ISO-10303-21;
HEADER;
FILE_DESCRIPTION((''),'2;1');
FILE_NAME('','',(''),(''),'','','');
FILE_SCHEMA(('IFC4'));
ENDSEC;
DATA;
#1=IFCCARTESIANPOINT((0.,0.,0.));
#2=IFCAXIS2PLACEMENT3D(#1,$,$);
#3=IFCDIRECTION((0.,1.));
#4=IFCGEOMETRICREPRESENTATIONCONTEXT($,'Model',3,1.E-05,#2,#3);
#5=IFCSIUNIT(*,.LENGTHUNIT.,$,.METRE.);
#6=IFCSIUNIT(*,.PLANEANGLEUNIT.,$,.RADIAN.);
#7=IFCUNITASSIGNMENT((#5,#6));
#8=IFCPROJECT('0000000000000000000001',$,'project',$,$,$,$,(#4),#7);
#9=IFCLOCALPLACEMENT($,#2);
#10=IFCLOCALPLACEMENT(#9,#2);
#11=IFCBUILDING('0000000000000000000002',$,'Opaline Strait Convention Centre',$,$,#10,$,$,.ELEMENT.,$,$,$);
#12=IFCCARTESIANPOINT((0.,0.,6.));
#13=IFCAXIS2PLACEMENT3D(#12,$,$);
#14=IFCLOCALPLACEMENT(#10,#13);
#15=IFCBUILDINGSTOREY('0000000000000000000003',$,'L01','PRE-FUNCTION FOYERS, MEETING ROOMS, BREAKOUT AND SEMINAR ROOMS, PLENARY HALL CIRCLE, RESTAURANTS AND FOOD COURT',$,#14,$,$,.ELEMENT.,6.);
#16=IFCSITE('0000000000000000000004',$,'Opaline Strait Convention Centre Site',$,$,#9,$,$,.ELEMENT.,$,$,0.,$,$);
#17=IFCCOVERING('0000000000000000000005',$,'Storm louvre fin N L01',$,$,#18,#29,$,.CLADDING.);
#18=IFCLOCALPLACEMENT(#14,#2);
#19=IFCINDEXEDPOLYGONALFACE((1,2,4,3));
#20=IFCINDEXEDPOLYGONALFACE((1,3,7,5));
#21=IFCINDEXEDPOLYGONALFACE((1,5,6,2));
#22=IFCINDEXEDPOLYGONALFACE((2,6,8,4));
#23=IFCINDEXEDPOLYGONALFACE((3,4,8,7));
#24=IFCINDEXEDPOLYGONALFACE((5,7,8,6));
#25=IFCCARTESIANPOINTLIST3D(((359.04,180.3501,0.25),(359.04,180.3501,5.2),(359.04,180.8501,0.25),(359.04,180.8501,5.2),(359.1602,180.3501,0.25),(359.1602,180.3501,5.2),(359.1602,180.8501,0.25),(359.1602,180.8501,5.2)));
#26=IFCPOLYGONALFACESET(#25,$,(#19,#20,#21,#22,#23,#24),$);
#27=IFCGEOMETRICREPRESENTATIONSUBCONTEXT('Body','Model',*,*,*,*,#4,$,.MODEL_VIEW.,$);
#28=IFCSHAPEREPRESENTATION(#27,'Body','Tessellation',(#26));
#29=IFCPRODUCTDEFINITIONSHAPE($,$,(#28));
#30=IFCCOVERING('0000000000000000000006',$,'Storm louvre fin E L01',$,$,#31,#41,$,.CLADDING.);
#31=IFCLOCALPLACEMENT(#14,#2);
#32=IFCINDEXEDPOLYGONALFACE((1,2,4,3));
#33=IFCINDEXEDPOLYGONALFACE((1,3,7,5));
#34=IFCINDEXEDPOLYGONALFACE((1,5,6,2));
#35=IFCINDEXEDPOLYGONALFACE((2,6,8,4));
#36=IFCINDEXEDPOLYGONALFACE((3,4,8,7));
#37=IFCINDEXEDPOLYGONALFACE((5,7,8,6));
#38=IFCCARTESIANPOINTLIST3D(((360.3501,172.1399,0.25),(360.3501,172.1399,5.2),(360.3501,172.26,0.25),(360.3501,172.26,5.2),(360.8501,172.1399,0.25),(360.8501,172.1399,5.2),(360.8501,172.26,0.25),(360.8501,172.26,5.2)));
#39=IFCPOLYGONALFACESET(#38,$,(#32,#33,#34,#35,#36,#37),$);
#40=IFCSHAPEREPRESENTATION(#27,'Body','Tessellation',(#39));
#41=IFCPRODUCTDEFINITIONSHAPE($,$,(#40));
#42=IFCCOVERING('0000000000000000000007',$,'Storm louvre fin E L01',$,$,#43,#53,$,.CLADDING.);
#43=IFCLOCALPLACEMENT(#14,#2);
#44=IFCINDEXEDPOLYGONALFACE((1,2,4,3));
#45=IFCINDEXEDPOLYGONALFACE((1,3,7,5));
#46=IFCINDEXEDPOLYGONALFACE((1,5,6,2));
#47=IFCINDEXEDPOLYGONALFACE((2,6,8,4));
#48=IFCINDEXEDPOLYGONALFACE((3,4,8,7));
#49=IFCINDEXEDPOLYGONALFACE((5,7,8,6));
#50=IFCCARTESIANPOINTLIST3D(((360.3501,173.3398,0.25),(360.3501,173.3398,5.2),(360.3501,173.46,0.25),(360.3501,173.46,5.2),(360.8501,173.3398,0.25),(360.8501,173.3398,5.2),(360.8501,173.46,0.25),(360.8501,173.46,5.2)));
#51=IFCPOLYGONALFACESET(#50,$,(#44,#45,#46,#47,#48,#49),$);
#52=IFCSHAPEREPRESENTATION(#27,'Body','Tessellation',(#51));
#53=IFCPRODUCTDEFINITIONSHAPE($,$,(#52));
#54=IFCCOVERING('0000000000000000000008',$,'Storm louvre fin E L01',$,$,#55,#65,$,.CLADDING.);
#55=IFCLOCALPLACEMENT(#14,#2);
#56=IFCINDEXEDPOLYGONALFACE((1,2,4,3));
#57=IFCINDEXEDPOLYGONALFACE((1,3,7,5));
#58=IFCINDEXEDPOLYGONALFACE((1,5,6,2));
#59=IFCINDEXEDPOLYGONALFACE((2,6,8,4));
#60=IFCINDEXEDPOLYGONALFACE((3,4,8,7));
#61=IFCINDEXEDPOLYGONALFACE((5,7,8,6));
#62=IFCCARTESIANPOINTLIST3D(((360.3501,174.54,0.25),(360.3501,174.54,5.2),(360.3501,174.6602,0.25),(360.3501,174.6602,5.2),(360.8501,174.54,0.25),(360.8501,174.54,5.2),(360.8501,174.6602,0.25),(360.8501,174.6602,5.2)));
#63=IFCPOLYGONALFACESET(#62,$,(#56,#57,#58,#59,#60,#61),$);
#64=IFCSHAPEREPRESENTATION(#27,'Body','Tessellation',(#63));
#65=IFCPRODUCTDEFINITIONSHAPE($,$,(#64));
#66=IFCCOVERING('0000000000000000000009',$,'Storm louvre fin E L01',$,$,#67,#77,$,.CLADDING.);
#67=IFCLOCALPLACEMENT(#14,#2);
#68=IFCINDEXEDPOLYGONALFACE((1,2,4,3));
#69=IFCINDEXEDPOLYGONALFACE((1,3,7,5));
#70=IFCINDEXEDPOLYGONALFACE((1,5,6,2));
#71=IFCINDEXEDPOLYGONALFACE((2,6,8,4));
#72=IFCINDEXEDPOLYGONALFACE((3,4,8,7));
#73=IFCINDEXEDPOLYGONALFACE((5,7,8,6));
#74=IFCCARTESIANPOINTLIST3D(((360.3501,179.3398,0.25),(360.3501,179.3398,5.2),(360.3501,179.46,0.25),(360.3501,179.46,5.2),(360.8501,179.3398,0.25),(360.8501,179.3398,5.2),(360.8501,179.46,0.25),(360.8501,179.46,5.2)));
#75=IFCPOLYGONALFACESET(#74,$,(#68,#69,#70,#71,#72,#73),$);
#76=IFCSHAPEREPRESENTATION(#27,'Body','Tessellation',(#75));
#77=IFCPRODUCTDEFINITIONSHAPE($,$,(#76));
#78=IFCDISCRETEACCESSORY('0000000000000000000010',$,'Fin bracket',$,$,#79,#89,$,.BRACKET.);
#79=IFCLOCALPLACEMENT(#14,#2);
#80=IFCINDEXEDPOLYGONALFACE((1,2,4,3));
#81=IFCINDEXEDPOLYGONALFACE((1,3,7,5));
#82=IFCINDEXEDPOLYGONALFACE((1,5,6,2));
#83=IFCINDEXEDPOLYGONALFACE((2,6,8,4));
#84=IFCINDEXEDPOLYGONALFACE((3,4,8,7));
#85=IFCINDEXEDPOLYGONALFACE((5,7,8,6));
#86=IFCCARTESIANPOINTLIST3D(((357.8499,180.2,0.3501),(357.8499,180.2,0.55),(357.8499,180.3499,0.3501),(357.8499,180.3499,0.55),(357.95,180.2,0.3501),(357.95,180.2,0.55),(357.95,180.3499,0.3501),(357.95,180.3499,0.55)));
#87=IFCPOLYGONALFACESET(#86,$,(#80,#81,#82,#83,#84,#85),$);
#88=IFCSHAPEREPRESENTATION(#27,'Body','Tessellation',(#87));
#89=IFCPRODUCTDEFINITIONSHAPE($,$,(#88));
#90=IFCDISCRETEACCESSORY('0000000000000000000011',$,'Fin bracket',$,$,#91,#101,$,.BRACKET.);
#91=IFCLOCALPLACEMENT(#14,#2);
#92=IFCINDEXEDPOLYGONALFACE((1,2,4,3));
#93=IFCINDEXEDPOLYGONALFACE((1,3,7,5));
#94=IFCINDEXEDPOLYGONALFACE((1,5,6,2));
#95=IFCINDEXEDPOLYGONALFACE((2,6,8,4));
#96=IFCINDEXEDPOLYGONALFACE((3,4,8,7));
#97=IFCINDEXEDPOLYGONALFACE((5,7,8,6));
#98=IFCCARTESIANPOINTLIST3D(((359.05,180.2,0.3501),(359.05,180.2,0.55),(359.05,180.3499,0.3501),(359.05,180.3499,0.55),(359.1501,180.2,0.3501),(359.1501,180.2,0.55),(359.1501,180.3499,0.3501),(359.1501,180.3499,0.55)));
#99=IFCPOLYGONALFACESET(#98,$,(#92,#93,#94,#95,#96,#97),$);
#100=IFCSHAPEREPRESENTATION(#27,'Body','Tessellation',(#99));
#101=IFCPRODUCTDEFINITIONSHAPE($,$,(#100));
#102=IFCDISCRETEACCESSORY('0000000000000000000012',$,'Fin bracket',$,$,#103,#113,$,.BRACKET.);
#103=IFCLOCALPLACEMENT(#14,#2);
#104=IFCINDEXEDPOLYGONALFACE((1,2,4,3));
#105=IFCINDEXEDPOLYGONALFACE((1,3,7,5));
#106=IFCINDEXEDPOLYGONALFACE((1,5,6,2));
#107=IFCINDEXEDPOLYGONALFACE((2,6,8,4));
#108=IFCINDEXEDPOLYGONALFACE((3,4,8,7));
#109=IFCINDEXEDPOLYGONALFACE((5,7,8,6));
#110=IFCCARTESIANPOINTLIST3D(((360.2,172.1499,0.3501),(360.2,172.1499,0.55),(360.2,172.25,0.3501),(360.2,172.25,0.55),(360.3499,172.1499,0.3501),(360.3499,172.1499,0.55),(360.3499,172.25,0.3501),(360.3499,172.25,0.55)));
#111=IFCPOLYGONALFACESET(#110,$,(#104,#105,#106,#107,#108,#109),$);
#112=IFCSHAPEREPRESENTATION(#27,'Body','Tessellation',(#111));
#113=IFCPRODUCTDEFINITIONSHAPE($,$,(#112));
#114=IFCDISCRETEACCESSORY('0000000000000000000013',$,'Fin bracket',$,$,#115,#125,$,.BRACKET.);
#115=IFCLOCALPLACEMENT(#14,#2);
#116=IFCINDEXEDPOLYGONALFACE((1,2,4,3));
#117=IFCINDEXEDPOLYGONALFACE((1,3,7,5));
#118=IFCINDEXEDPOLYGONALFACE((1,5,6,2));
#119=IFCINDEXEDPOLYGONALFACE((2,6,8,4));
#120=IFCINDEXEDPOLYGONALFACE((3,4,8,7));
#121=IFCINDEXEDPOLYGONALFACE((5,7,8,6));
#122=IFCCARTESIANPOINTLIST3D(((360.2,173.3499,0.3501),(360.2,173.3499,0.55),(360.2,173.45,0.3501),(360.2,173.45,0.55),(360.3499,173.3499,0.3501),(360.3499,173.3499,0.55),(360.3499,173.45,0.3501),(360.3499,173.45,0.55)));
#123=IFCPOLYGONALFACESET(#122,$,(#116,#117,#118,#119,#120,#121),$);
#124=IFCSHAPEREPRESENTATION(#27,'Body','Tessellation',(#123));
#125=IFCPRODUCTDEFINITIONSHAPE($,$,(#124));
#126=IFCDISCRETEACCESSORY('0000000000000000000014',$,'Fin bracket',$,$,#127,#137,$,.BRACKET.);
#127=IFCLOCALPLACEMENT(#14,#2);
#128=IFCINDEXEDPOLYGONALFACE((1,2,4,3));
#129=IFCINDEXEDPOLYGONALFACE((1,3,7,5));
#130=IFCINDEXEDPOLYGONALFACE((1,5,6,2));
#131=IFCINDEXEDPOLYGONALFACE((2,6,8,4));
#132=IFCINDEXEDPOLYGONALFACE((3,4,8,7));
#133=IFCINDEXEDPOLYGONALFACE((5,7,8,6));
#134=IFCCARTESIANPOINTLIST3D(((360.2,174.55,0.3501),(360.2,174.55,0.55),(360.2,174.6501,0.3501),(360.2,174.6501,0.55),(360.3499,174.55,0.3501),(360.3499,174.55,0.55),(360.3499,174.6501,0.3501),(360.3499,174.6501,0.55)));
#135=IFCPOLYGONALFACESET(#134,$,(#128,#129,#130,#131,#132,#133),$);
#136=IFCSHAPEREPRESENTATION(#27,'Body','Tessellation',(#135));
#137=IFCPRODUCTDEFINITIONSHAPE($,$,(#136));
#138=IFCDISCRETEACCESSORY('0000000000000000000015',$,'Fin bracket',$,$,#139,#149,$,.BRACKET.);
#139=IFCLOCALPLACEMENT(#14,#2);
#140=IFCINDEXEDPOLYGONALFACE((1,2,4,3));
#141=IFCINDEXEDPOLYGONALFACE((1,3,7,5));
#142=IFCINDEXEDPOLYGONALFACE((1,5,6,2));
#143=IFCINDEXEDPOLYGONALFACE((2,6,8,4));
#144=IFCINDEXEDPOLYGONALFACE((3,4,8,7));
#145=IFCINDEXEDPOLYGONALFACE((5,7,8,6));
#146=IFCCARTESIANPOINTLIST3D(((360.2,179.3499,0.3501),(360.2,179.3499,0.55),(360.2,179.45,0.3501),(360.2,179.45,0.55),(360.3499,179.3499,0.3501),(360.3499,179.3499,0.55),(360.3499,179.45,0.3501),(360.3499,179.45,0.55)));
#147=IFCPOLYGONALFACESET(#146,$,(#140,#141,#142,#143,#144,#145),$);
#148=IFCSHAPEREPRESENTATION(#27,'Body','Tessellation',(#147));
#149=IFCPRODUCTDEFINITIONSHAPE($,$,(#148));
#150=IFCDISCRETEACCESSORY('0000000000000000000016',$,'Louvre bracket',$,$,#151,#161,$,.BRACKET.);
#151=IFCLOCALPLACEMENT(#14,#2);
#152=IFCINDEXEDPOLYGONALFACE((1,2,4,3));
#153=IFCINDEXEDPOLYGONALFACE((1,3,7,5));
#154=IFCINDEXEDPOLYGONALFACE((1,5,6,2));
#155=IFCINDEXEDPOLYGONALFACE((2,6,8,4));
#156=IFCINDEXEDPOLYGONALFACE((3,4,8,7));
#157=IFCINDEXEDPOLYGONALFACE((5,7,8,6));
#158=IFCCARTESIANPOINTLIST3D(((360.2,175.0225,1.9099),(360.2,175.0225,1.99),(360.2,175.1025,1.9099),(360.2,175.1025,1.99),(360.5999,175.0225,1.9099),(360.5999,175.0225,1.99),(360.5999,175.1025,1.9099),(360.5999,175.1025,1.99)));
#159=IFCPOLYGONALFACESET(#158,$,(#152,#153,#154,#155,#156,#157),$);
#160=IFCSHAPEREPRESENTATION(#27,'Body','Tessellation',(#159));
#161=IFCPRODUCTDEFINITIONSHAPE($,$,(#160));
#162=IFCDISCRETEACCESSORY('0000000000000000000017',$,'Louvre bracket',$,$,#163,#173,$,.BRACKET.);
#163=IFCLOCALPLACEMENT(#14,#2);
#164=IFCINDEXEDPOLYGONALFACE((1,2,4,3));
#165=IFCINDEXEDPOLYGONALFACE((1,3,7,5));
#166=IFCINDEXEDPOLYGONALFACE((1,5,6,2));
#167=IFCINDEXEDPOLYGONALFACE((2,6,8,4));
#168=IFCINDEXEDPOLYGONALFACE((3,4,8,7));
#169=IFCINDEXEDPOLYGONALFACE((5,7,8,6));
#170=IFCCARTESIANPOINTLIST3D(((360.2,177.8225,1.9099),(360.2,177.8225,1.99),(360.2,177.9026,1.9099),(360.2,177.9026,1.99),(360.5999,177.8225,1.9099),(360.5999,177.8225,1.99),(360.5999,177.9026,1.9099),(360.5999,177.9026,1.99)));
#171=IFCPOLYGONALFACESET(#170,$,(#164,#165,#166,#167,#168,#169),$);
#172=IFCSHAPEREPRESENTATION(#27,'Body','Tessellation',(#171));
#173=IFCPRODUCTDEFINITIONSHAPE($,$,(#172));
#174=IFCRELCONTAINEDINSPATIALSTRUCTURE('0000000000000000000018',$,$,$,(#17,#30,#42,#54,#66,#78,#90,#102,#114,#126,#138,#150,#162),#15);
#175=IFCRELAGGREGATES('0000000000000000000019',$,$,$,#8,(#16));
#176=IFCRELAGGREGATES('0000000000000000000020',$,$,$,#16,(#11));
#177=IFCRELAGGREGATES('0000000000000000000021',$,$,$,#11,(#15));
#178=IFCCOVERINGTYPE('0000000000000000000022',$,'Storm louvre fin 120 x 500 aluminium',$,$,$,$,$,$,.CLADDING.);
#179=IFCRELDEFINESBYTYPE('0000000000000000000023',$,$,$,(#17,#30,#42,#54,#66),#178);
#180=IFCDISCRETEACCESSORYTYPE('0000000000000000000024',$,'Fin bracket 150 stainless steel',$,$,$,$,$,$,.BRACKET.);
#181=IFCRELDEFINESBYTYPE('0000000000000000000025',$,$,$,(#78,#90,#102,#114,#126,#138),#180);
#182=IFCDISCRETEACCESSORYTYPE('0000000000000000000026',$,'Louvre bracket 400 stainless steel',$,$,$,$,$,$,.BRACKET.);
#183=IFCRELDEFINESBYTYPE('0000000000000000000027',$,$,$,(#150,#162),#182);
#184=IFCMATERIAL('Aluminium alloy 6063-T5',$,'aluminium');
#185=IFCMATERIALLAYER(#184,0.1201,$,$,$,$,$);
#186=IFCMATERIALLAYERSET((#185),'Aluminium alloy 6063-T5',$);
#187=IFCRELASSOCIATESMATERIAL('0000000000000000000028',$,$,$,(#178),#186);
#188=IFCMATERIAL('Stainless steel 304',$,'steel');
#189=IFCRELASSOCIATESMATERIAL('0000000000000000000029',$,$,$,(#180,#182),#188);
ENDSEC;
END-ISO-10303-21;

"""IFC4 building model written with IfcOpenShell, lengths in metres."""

from ifc_helpers import new_model, si_unit, direction, frame, origin, origin_2d, place, context, subcontext, project, spatial, rectangle, extrude, material, layer, layer_set, type_object, element, save


model = new_model("IFC4")

# Units and contexts
model_context = context("Model", 3, precision=1e-05, world=origin(), true_north=direction((0.0, 1.0)))
body_context = subcontext(model_context, "Body", "Model", "MODEL_VIEW")
ifc_project = project(units=[si_unit("LENGTHUNIT", "METRE"), si_unit("PLANEANGLEUNIT", "RADIAN")], contexts=[model_context])

# Site, building, storey
site_placement = place(None, origin())
site = spatial("IfcSite", under=ifc_project, at=site_placement, Name="Opaline Strait Convention Centre Site", CompositionType="ELEMENT", RefElevation=0.0)
building_placement = place(site_placement, origin())
building = spatial("IfcBuilding", under=site, at=building_placement, Name="Opaline Strait Convention Centre", CompositionType="ELEMENT")
storey_placement = place(building_placement, frame((0.0, 0.0, 6.0)))
storey = spatial("IfcBuildingStorey", under=building, at=storey_placement, Name="L01", Description="PRE-FUNCTION FOYERS, MEETING ROOMS, BREAKOUT AND SEMINAR ROOMS, PLENARY HALL CIRCLE, RESTAURANTS AND FOOD COURT", CompositionType="ELEMENT", Elevation=6.0)

# Shared definitions
ifc_material_1 = material(Name="Stainless steel 304", Category="steel")

# Shared definitions
ifc_material_2 = material(Name="Aluminium alloy 6063-T5", Category="aluminium")

# Coverings
ifc_layer_1 = layer(ifc_material_2, 0.1201)
ifc_layer_set_1 = layer_set([ifc_layer_1], Name="Aluminium alloy 6063-T5")
covering_type = type_object("IfcCoveringType", Name="Storm louvre fin 120 x 500 aluminium", PredefinedType="CLADDING", material=ifc_layer_set_1)
for number, where, z_axis, x_axis, name in (
    (1, (359.1001, 180.6001, 0.25), (0.0, 0.0, 1.0), (1.0, 0.0, 0.0), "Storm louvre fin N L01"),
):
    element("IfcCovering", number, at=place(storey_placement, frame(where, z_axis=z_axis, x_axis=x_axis)), inside=storey, type_object=covering_type, Name=name, PredefinedType="CLADDING", context=body_context, shape_type="SweptSolid", body=[
        extrude(rectangle(XDim=0.1201, YDim=0.5, at=origin_2d()), origin(), (0.0, 0.0, 1.0), 4.95),
    ])
for number, where, z_axis, x_axis, name in (
    (2, (360.6001, 172.2, 0.25), (0.0, 0.0, 1.0), (1.0, 0.0, 0.0), "Storm louvre fin E L01"),
    (3, (360.6001, 173.3999, 0.25), (0.0, 0.0, 1.0), (1.0, 0.0, 0.0), "Storm louvre fin E L01"),
    (4, (360.6001, 174.6001, 0.25), (0.0, 0.0, 1.0), (1.0, 0.0, 0.0), "Storm louvre fin E L01"),
    (5, (360.6001, 179.3999, 0.25), (0.0, 0.0, 1.0), (1.0, 0.0, 0.0), "Storm louvre fin E L01"),
):
    element("IfcCovering", number, at=place(storey_placement, frame(where, z_axis=z_axis, x_axis=x_axis)), inside=storey, type_object=covering_type, Name=name, PredefinedType="CLADDING", context=body_context, shape_type="SweptSolid", body=[
        extrude(rectangle(XDim=0.5, YDim=0.1201, at=origin_2d()), origin(), (0.0, 0.0, 1.0), 4.95),
    ])

# Discrete accessories
discrete_accessory_type_1 = type_object("IfcDiscreteAccessoryType", Name="Fin bracket 150 stainless steel", PredefinedType="BRACKET", material=ifc_material_1)
for number, where, z_axis, x_axis, name in (
    (6, (357.8999, 180.2749, 0.3501), (0.0, 0.0, 1.0), (1.0, 0.0, 0.0), "Fin bracket"),
    (7, (359.1001, 180.2749, 0.3501), (0.0, 0.0, 1.0), (1.0, 0.0, 0.0), "Fin bracket"),
):
    element("IfcDiscreteAccessory", number, at=place(storey_placement, frame(where, z_axis=z_axis, x_axis=x_axis)), inside=storey, type_object=discrete_accessory_type_1, Name=name, PredefinedType="BRACKET", context=body_context, shape_type="SweptSolid", body=[
        extrude(rectangle(XDim=0.1001, YDim=0.1499, at=origin_2d()), origin(), (0.0, 0.0, 1.0), 0.2),
    ])
for number, where, z_axis, x_axis, name in (
    (8, (360.2749, 172.2, 0.3501), (0.0, 0.0, 1.0), (1.0, 0.0, 0.0), "Fin bracket"),
    (9, (360.2749, 173.3999, 0.3501), (0.0, 0.0, 1.0), (1.0, 0.0, 0.0), "Fin bracket"),
    (10, (360.2749, 174.6001, 0.3501), (0.0, 0.0, 1.0), (1.0, 0.0, 0.0), "Fin bracket"),
    (11, (360.2749, 179.3999, 0.3501), (0.0, 0.0, 1.0), (1.0, 0.0, 0.0), "Fin bracket"),
):
    element("IfcDiscreteAccessory", number, at=place(storey_placement, frame(where, z_axis=z_axis, x_axis=x_axis)), inside=storey, type_object=discrete_accessory_type_1, Name=name, PredefinedType="BRACKET", context=body_context, shape_type="SweptSolid", body=[
        extrude(rectangle(XDim=0.1499, YDim=0.1001, at=origin_2d()), origin(), (0.0, 0.0, 1.0), 0.2),
    ])
discrete_accessory_type_2 = type_object("IfcDiscreteAccessoryType", Name="Louvre bracket 400 stainless steel", PredefinedType="BRACKET", material=ifc_material_1)
for number, where, z_axis, x_axis, name in (
    (12, (360.3999, 175.0625, 1.9099), (0.0, 0.0, 1.0), (1.0, 0.0, 0.0), "Louvre bracket"),
    (13, (360.3999, 177.8625, 1.9099), (0.0, 0.0, 1.0), (1.0, 0.0, 0.0), "Louvre bracket"),
):
    element("IfcDiscreteAccessory", number, at=place(storey_placement, frame(where, z_axis=z_axis, x_axis=x_axis)), inside=storey, type_object=discrete_accessory_type_2, Name=name, PredefinedType="BRACKET", context=body_context, shape_type="SweptSolid", body=[
        extrude(rectangle(XDim=0.3999, YDim=0.0801, at=origin_2d()), origin(), (0.0, 0.0, 1.0), 0.0801),
    ])

save(model, "model.ifc")
